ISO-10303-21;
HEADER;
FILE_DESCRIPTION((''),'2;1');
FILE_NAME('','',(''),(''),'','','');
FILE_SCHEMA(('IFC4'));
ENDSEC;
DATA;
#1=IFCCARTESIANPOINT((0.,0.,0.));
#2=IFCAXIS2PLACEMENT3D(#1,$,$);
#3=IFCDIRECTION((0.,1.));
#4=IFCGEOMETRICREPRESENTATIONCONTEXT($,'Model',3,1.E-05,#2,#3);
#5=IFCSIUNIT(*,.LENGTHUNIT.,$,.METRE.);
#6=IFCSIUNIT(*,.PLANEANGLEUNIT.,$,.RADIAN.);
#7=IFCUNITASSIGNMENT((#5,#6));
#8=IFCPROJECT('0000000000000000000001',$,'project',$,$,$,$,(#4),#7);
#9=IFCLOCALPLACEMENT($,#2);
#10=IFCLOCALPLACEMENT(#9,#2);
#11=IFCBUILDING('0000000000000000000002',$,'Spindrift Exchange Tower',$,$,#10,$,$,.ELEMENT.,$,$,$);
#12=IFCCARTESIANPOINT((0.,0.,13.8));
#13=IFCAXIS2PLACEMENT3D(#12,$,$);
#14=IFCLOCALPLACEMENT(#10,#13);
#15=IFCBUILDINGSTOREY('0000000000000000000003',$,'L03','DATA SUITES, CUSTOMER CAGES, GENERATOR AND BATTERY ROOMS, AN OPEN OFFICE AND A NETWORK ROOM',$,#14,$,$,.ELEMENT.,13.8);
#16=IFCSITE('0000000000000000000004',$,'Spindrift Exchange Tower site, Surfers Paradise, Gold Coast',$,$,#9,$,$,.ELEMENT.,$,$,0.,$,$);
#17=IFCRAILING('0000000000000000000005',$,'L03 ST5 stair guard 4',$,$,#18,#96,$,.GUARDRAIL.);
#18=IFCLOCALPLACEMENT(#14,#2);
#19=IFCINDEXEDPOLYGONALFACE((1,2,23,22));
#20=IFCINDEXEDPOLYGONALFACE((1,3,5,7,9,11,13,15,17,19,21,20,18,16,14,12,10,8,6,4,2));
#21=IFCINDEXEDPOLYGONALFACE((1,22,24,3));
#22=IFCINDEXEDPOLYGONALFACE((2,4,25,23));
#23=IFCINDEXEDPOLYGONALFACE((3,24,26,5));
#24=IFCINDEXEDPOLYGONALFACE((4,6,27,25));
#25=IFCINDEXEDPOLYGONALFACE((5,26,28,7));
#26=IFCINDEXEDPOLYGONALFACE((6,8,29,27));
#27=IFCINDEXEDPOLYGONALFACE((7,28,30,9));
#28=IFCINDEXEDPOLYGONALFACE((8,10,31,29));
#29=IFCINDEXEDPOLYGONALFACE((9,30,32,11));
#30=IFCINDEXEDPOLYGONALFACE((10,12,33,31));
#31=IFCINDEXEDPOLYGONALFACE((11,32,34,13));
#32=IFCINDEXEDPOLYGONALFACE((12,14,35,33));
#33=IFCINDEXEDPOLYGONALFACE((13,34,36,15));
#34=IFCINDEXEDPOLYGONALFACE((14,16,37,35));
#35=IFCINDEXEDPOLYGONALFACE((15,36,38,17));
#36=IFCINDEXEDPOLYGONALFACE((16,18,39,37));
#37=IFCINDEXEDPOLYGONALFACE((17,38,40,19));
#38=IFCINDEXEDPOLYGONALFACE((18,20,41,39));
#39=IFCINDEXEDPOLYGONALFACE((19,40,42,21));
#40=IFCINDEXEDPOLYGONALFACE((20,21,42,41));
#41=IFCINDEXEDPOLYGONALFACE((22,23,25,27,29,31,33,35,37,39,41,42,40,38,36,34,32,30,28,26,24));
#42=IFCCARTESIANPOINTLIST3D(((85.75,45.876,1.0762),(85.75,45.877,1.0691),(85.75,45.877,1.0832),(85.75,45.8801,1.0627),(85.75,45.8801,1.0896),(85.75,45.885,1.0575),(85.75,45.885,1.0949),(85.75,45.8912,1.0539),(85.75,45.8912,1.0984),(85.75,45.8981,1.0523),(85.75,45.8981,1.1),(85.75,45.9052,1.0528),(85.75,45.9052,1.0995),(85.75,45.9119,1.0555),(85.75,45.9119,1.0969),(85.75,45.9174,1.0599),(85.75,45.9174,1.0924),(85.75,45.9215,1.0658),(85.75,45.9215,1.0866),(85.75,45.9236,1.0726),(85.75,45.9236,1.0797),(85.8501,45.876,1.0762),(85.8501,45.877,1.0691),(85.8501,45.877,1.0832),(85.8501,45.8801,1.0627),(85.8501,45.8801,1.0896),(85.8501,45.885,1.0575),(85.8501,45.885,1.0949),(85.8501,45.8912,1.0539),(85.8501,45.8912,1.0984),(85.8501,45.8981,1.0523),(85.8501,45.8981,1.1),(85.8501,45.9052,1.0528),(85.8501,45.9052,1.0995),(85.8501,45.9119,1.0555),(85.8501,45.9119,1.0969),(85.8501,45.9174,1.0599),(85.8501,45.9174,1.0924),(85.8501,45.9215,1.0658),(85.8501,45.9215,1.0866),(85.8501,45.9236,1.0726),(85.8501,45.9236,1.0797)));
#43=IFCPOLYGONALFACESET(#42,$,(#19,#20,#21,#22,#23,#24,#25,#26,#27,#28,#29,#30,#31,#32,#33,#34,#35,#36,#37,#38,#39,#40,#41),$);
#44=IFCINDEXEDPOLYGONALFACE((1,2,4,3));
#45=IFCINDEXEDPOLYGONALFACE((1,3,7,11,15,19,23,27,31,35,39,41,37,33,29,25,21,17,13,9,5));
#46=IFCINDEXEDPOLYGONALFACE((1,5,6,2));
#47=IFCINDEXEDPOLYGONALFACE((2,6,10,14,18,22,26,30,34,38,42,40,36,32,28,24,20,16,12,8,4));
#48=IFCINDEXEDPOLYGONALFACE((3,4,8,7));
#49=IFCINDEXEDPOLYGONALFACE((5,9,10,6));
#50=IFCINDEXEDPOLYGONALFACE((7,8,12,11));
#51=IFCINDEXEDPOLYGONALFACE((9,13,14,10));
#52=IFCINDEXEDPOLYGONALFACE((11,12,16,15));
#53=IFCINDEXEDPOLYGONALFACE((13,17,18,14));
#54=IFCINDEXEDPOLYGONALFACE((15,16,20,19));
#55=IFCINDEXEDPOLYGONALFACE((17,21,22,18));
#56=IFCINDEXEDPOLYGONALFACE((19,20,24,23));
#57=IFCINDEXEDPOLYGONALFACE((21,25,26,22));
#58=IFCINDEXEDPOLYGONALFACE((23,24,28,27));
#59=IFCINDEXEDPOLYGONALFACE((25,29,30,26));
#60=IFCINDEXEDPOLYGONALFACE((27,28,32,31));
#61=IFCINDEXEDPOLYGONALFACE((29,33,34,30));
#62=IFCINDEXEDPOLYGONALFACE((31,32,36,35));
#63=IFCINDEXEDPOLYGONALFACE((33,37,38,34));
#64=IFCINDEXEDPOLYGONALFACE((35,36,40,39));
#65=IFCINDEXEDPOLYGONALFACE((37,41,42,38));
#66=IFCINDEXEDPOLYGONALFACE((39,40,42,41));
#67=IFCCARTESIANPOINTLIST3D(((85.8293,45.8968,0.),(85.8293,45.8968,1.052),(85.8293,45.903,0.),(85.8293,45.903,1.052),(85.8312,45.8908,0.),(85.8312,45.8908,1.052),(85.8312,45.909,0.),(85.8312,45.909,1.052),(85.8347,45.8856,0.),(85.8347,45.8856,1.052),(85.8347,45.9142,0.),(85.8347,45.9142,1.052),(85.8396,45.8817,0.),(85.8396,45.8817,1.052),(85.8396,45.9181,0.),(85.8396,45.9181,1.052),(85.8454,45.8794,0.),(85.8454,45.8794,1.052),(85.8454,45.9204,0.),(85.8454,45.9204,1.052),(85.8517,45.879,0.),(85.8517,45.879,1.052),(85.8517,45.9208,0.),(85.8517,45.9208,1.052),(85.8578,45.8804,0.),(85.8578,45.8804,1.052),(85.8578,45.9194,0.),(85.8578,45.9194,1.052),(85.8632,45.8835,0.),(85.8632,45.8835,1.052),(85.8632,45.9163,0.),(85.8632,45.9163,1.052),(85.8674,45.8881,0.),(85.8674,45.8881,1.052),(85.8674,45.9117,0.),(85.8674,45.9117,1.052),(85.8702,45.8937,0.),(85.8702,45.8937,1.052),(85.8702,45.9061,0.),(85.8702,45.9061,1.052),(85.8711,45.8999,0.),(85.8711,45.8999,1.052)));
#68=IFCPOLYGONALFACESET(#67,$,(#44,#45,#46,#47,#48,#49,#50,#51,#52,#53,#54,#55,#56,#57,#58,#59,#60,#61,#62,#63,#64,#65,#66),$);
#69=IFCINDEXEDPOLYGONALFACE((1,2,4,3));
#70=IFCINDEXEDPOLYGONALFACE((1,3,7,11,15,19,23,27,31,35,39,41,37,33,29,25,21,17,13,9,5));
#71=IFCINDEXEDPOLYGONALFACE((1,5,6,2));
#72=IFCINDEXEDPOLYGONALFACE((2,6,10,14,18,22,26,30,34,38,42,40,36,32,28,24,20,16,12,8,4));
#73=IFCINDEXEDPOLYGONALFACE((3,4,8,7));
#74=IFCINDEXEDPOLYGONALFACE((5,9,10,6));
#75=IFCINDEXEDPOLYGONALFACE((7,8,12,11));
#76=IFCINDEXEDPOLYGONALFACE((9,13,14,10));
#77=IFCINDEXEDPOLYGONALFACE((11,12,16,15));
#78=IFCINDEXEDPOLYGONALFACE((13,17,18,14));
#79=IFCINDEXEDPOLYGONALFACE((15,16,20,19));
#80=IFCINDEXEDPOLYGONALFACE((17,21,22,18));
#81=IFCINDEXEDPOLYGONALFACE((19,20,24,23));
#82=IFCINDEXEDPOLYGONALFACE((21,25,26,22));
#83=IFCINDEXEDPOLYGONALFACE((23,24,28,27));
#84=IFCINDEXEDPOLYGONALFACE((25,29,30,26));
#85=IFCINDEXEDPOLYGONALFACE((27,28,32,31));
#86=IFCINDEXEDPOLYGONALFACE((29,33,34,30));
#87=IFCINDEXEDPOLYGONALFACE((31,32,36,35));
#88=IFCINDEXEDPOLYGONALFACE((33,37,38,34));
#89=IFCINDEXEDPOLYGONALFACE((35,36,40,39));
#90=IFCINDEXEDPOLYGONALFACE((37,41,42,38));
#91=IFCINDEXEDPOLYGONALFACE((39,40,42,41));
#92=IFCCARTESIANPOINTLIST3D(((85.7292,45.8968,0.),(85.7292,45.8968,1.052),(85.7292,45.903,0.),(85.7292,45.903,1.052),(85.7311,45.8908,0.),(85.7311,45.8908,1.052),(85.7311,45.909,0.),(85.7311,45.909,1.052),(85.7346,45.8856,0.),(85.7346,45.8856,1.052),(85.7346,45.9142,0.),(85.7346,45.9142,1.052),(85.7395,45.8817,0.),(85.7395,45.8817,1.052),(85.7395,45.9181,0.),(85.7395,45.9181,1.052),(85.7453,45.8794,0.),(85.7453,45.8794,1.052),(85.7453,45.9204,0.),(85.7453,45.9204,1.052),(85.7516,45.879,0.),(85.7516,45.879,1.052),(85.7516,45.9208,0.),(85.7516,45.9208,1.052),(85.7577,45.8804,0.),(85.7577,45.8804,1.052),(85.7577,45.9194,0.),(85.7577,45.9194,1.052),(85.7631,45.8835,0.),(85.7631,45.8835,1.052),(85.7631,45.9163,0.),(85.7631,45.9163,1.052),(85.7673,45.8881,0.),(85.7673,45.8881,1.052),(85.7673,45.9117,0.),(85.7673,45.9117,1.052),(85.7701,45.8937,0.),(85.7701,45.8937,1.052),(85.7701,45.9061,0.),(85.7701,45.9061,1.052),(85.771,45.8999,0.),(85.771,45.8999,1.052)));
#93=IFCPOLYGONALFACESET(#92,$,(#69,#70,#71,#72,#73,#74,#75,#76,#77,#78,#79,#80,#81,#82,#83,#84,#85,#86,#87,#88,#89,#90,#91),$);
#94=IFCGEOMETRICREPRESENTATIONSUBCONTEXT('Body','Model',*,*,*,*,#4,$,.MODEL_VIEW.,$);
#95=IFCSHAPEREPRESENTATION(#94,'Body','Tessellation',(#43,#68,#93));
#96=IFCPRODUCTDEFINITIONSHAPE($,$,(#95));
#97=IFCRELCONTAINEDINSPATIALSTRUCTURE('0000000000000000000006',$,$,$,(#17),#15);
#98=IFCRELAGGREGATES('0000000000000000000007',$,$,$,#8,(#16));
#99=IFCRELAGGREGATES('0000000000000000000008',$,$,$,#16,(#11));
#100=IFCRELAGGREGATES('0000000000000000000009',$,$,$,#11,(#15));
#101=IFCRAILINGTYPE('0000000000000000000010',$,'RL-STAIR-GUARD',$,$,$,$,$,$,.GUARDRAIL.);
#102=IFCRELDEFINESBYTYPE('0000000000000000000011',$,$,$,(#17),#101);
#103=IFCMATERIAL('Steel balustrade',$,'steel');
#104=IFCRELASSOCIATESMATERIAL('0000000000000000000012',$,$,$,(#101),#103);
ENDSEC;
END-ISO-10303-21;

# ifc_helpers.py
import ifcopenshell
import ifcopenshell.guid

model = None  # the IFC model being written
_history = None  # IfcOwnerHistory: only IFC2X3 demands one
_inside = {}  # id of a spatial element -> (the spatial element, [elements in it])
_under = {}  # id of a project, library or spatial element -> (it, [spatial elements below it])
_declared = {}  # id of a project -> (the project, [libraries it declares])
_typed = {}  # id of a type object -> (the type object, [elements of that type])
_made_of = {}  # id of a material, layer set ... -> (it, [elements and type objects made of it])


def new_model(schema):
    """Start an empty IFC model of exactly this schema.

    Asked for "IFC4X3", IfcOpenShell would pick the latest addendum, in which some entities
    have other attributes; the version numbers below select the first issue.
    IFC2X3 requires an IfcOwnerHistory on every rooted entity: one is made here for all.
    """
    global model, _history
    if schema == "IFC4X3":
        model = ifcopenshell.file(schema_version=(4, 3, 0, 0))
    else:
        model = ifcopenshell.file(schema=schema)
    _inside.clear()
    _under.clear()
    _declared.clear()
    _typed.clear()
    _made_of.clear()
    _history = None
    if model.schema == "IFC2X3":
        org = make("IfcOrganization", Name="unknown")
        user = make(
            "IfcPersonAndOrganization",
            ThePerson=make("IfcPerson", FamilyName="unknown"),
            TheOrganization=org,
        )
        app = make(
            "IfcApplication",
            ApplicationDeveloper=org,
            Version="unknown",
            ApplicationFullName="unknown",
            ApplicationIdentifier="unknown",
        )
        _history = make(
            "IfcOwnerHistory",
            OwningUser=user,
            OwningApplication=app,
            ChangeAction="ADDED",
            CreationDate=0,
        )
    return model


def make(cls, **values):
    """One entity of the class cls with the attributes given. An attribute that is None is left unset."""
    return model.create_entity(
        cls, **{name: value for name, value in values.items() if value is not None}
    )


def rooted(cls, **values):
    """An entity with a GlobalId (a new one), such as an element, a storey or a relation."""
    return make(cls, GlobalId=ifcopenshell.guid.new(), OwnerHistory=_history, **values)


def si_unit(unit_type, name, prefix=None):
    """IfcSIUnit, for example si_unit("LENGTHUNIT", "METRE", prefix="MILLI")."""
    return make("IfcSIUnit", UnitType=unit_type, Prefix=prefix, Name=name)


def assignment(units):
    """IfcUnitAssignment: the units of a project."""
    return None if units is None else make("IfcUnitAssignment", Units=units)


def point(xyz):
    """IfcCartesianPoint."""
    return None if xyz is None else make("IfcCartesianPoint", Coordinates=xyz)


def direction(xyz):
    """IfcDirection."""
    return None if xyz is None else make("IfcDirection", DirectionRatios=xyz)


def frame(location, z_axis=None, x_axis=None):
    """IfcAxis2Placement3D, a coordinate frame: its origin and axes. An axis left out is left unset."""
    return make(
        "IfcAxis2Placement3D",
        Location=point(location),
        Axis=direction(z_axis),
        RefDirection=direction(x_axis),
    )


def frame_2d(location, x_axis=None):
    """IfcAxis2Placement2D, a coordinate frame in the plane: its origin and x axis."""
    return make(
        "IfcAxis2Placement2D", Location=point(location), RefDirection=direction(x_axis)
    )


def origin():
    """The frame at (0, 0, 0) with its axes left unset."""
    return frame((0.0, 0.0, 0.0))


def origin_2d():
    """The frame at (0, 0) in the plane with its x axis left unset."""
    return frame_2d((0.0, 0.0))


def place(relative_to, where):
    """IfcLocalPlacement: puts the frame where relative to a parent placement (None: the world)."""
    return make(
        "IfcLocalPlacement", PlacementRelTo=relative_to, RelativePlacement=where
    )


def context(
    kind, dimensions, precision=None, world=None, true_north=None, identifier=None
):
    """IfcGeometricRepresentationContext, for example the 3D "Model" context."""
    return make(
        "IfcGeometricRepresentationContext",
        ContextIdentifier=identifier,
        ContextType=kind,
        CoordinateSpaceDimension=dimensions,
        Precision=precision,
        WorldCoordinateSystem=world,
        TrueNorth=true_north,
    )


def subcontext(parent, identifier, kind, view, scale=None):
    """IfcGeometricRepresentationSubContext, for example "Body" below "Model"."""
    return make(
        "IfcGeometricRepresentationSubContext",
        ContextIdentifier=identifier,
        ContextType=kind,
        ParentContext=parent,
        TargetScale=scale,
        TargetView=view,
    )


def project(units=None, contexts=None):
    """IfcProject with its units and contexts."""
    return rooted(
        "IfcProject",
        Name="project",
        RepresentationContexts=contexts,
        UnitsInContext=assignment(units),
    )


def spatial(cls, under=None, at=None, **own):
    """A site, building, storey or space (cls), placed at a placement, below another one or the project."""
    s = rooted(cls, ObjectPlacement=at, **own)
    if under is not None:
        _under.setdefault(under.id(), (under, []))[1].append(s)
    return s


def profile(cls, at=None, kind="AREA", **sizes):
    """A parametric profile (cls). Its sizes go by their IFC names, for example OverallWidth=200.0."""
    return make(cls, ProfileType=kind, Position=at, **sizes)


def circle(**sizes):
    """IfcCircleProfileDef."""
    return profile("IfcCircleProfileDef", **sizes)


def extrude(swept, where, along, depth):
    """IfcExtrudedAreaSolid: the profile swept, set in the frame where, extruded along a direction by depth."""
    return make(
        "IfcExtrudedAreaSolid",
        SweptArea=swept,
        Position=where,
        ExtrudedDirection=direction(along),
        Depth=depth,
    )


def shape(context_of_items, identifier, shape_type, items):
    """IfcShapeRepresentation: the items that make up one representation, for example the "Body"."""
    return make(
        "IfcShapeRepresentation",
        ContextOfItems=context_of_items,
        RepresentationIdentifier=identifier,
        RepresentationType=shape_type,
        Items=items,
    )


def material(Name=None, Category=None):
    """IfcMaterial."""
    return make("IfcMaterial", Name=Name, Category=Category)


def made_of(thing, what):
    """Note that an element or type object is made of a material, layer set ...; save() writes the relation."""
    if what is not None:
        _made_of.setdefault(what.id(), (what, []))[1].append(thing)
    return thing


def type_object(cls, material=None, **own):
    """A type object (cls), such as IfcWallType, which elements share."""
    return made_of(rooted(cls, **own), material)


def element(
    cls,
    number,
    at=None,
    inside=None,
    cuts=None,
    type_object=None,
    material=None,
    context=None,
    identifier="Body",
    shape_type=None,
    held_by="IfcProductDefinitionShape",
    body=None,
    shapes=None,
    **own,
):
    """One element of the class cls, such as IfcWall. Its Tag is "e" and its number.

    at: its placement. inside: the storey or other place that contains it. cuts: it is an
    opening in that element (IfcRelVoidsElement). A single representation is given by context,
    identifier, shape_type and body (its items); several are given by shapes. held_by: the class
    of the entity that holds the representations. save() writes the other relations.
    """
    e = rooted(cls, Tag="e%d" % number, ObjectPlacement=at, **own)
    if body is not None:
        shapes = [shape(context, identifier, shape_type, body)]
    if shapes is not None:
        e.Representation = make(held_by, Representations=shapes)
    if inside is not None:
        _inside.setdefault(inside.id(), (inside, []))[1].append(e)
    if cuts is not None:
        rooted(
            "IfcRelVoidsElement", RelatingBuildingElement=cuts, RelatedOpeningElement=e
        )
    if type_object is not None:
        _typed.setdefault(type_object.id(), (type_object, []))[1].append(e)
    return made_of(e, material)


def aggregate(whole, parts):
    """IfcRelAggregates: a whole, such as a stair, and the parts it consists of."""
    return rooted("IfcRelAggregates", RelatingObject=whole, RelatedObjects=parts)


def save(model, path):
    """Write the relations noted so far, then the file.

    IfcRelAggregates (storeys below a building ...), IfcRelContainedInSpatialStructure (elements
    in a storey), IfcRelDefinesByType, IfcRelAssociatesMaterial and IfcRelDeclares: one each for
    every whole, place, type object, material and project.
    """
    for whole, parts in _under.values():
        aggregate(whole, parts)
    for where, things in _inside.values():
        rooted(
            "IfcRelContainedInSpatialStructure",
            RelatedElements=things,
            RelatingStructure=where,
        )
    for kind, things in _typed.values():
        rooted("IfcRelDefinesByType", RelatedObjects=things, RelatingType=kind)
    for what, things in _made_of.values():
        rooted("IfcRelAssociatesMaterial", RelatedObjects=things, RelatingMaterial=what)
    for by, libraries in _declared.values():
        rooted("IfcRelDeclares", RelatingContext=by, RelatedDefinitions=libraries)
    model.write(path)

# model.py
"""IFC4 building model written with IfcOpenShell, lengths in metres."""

from ifc_helpers import new_model, si_unit, direction, frame, origin, origin_2d, place, context, subcontext, project, spatial, circle, extrude, material, type_object, element, save


model = new_model("IFC4")

# Units and contexts
model_context = context("Model", 3, precision=1e-05, world=origin(), true_north=direction((0.0, 1.0)))
body_context = subcontext(model_context, "Body", "Model", "MODEL_VIEW")
ifc_project = project(units=[si_unit("LENGTHUNIT", "METRE"), si_unit("PLANEANGLEUNIT", "RADIAN")], contexts=[model_context])

# Site, building, storey
site_placement = place(None, origin())
site = spatial("IfcSite", under=ifc_project, at=site_placement, Name="Spindrift Exchange Tower site, Surfers Paradise, Gold Coast", CompositionType="ELEMENT", RefElevation=0.0)
building_placement = place(site_placement, origin())
building = spatial("IfcBuilding", under=site, at=building_placement, Name="Spindrift Exchange Tower", CompositionType="ELEMENT")
storey_placement = place(building_placement, frame((0.0, 0.0, 13.8)))
storey = spatial("IfcBuildingStorey", under=building, at=storey_placement, Name="L03", Description="DATA SUITES, CUSTOMER CAGES, GENERATOR AND BATTERY ROOMS, AN OPEN OFFICE AND A NETWORK ROOM", CompositionType="ELEMENT", Elevation=13.8)

# Railing
ifc_material_1 = material(Name="Steel balustrade", Category="steel")
railing_type_1 = type_object("IfcRailingType", Name="RL-STAIR-GUARD", PredefinedType="GUARDRAIL", material=ifc_material_1)
railing_1_placement = place(storey_placement, frame((85.8501, 45.8999, 0.0)))
element("IfcRailing", 1, at=railing_1_placement, inside=storey, type_object=railing_type_1, Name="L03 ST5 stair guard 4", PredefinedType="GUARDRAIL", context=body_context, shape_type="SweptSolid", body=[
    extrude(circle(Radius=0.0239, at=origin_2d()), frame((0.0, 0.0, 1.0762), z_axis=(-1.0, 0.0, 0.0), x_axis=(0.0, -1.0, 0.0)), (0.0, 0.0, 1.0), 0.1001),
    extrude(circle(Radius=0.021, at=origin_2d()), origin(), (0.0, 0.0, 1.0), 1.052),
    extrude(circle(Radius=0.021, at=origin_2d()), frame((-0.1001, 0.0, 0.0)), (0.0, 0.0, 1.0), 1.052),
])

save(model, "model.ifc")
